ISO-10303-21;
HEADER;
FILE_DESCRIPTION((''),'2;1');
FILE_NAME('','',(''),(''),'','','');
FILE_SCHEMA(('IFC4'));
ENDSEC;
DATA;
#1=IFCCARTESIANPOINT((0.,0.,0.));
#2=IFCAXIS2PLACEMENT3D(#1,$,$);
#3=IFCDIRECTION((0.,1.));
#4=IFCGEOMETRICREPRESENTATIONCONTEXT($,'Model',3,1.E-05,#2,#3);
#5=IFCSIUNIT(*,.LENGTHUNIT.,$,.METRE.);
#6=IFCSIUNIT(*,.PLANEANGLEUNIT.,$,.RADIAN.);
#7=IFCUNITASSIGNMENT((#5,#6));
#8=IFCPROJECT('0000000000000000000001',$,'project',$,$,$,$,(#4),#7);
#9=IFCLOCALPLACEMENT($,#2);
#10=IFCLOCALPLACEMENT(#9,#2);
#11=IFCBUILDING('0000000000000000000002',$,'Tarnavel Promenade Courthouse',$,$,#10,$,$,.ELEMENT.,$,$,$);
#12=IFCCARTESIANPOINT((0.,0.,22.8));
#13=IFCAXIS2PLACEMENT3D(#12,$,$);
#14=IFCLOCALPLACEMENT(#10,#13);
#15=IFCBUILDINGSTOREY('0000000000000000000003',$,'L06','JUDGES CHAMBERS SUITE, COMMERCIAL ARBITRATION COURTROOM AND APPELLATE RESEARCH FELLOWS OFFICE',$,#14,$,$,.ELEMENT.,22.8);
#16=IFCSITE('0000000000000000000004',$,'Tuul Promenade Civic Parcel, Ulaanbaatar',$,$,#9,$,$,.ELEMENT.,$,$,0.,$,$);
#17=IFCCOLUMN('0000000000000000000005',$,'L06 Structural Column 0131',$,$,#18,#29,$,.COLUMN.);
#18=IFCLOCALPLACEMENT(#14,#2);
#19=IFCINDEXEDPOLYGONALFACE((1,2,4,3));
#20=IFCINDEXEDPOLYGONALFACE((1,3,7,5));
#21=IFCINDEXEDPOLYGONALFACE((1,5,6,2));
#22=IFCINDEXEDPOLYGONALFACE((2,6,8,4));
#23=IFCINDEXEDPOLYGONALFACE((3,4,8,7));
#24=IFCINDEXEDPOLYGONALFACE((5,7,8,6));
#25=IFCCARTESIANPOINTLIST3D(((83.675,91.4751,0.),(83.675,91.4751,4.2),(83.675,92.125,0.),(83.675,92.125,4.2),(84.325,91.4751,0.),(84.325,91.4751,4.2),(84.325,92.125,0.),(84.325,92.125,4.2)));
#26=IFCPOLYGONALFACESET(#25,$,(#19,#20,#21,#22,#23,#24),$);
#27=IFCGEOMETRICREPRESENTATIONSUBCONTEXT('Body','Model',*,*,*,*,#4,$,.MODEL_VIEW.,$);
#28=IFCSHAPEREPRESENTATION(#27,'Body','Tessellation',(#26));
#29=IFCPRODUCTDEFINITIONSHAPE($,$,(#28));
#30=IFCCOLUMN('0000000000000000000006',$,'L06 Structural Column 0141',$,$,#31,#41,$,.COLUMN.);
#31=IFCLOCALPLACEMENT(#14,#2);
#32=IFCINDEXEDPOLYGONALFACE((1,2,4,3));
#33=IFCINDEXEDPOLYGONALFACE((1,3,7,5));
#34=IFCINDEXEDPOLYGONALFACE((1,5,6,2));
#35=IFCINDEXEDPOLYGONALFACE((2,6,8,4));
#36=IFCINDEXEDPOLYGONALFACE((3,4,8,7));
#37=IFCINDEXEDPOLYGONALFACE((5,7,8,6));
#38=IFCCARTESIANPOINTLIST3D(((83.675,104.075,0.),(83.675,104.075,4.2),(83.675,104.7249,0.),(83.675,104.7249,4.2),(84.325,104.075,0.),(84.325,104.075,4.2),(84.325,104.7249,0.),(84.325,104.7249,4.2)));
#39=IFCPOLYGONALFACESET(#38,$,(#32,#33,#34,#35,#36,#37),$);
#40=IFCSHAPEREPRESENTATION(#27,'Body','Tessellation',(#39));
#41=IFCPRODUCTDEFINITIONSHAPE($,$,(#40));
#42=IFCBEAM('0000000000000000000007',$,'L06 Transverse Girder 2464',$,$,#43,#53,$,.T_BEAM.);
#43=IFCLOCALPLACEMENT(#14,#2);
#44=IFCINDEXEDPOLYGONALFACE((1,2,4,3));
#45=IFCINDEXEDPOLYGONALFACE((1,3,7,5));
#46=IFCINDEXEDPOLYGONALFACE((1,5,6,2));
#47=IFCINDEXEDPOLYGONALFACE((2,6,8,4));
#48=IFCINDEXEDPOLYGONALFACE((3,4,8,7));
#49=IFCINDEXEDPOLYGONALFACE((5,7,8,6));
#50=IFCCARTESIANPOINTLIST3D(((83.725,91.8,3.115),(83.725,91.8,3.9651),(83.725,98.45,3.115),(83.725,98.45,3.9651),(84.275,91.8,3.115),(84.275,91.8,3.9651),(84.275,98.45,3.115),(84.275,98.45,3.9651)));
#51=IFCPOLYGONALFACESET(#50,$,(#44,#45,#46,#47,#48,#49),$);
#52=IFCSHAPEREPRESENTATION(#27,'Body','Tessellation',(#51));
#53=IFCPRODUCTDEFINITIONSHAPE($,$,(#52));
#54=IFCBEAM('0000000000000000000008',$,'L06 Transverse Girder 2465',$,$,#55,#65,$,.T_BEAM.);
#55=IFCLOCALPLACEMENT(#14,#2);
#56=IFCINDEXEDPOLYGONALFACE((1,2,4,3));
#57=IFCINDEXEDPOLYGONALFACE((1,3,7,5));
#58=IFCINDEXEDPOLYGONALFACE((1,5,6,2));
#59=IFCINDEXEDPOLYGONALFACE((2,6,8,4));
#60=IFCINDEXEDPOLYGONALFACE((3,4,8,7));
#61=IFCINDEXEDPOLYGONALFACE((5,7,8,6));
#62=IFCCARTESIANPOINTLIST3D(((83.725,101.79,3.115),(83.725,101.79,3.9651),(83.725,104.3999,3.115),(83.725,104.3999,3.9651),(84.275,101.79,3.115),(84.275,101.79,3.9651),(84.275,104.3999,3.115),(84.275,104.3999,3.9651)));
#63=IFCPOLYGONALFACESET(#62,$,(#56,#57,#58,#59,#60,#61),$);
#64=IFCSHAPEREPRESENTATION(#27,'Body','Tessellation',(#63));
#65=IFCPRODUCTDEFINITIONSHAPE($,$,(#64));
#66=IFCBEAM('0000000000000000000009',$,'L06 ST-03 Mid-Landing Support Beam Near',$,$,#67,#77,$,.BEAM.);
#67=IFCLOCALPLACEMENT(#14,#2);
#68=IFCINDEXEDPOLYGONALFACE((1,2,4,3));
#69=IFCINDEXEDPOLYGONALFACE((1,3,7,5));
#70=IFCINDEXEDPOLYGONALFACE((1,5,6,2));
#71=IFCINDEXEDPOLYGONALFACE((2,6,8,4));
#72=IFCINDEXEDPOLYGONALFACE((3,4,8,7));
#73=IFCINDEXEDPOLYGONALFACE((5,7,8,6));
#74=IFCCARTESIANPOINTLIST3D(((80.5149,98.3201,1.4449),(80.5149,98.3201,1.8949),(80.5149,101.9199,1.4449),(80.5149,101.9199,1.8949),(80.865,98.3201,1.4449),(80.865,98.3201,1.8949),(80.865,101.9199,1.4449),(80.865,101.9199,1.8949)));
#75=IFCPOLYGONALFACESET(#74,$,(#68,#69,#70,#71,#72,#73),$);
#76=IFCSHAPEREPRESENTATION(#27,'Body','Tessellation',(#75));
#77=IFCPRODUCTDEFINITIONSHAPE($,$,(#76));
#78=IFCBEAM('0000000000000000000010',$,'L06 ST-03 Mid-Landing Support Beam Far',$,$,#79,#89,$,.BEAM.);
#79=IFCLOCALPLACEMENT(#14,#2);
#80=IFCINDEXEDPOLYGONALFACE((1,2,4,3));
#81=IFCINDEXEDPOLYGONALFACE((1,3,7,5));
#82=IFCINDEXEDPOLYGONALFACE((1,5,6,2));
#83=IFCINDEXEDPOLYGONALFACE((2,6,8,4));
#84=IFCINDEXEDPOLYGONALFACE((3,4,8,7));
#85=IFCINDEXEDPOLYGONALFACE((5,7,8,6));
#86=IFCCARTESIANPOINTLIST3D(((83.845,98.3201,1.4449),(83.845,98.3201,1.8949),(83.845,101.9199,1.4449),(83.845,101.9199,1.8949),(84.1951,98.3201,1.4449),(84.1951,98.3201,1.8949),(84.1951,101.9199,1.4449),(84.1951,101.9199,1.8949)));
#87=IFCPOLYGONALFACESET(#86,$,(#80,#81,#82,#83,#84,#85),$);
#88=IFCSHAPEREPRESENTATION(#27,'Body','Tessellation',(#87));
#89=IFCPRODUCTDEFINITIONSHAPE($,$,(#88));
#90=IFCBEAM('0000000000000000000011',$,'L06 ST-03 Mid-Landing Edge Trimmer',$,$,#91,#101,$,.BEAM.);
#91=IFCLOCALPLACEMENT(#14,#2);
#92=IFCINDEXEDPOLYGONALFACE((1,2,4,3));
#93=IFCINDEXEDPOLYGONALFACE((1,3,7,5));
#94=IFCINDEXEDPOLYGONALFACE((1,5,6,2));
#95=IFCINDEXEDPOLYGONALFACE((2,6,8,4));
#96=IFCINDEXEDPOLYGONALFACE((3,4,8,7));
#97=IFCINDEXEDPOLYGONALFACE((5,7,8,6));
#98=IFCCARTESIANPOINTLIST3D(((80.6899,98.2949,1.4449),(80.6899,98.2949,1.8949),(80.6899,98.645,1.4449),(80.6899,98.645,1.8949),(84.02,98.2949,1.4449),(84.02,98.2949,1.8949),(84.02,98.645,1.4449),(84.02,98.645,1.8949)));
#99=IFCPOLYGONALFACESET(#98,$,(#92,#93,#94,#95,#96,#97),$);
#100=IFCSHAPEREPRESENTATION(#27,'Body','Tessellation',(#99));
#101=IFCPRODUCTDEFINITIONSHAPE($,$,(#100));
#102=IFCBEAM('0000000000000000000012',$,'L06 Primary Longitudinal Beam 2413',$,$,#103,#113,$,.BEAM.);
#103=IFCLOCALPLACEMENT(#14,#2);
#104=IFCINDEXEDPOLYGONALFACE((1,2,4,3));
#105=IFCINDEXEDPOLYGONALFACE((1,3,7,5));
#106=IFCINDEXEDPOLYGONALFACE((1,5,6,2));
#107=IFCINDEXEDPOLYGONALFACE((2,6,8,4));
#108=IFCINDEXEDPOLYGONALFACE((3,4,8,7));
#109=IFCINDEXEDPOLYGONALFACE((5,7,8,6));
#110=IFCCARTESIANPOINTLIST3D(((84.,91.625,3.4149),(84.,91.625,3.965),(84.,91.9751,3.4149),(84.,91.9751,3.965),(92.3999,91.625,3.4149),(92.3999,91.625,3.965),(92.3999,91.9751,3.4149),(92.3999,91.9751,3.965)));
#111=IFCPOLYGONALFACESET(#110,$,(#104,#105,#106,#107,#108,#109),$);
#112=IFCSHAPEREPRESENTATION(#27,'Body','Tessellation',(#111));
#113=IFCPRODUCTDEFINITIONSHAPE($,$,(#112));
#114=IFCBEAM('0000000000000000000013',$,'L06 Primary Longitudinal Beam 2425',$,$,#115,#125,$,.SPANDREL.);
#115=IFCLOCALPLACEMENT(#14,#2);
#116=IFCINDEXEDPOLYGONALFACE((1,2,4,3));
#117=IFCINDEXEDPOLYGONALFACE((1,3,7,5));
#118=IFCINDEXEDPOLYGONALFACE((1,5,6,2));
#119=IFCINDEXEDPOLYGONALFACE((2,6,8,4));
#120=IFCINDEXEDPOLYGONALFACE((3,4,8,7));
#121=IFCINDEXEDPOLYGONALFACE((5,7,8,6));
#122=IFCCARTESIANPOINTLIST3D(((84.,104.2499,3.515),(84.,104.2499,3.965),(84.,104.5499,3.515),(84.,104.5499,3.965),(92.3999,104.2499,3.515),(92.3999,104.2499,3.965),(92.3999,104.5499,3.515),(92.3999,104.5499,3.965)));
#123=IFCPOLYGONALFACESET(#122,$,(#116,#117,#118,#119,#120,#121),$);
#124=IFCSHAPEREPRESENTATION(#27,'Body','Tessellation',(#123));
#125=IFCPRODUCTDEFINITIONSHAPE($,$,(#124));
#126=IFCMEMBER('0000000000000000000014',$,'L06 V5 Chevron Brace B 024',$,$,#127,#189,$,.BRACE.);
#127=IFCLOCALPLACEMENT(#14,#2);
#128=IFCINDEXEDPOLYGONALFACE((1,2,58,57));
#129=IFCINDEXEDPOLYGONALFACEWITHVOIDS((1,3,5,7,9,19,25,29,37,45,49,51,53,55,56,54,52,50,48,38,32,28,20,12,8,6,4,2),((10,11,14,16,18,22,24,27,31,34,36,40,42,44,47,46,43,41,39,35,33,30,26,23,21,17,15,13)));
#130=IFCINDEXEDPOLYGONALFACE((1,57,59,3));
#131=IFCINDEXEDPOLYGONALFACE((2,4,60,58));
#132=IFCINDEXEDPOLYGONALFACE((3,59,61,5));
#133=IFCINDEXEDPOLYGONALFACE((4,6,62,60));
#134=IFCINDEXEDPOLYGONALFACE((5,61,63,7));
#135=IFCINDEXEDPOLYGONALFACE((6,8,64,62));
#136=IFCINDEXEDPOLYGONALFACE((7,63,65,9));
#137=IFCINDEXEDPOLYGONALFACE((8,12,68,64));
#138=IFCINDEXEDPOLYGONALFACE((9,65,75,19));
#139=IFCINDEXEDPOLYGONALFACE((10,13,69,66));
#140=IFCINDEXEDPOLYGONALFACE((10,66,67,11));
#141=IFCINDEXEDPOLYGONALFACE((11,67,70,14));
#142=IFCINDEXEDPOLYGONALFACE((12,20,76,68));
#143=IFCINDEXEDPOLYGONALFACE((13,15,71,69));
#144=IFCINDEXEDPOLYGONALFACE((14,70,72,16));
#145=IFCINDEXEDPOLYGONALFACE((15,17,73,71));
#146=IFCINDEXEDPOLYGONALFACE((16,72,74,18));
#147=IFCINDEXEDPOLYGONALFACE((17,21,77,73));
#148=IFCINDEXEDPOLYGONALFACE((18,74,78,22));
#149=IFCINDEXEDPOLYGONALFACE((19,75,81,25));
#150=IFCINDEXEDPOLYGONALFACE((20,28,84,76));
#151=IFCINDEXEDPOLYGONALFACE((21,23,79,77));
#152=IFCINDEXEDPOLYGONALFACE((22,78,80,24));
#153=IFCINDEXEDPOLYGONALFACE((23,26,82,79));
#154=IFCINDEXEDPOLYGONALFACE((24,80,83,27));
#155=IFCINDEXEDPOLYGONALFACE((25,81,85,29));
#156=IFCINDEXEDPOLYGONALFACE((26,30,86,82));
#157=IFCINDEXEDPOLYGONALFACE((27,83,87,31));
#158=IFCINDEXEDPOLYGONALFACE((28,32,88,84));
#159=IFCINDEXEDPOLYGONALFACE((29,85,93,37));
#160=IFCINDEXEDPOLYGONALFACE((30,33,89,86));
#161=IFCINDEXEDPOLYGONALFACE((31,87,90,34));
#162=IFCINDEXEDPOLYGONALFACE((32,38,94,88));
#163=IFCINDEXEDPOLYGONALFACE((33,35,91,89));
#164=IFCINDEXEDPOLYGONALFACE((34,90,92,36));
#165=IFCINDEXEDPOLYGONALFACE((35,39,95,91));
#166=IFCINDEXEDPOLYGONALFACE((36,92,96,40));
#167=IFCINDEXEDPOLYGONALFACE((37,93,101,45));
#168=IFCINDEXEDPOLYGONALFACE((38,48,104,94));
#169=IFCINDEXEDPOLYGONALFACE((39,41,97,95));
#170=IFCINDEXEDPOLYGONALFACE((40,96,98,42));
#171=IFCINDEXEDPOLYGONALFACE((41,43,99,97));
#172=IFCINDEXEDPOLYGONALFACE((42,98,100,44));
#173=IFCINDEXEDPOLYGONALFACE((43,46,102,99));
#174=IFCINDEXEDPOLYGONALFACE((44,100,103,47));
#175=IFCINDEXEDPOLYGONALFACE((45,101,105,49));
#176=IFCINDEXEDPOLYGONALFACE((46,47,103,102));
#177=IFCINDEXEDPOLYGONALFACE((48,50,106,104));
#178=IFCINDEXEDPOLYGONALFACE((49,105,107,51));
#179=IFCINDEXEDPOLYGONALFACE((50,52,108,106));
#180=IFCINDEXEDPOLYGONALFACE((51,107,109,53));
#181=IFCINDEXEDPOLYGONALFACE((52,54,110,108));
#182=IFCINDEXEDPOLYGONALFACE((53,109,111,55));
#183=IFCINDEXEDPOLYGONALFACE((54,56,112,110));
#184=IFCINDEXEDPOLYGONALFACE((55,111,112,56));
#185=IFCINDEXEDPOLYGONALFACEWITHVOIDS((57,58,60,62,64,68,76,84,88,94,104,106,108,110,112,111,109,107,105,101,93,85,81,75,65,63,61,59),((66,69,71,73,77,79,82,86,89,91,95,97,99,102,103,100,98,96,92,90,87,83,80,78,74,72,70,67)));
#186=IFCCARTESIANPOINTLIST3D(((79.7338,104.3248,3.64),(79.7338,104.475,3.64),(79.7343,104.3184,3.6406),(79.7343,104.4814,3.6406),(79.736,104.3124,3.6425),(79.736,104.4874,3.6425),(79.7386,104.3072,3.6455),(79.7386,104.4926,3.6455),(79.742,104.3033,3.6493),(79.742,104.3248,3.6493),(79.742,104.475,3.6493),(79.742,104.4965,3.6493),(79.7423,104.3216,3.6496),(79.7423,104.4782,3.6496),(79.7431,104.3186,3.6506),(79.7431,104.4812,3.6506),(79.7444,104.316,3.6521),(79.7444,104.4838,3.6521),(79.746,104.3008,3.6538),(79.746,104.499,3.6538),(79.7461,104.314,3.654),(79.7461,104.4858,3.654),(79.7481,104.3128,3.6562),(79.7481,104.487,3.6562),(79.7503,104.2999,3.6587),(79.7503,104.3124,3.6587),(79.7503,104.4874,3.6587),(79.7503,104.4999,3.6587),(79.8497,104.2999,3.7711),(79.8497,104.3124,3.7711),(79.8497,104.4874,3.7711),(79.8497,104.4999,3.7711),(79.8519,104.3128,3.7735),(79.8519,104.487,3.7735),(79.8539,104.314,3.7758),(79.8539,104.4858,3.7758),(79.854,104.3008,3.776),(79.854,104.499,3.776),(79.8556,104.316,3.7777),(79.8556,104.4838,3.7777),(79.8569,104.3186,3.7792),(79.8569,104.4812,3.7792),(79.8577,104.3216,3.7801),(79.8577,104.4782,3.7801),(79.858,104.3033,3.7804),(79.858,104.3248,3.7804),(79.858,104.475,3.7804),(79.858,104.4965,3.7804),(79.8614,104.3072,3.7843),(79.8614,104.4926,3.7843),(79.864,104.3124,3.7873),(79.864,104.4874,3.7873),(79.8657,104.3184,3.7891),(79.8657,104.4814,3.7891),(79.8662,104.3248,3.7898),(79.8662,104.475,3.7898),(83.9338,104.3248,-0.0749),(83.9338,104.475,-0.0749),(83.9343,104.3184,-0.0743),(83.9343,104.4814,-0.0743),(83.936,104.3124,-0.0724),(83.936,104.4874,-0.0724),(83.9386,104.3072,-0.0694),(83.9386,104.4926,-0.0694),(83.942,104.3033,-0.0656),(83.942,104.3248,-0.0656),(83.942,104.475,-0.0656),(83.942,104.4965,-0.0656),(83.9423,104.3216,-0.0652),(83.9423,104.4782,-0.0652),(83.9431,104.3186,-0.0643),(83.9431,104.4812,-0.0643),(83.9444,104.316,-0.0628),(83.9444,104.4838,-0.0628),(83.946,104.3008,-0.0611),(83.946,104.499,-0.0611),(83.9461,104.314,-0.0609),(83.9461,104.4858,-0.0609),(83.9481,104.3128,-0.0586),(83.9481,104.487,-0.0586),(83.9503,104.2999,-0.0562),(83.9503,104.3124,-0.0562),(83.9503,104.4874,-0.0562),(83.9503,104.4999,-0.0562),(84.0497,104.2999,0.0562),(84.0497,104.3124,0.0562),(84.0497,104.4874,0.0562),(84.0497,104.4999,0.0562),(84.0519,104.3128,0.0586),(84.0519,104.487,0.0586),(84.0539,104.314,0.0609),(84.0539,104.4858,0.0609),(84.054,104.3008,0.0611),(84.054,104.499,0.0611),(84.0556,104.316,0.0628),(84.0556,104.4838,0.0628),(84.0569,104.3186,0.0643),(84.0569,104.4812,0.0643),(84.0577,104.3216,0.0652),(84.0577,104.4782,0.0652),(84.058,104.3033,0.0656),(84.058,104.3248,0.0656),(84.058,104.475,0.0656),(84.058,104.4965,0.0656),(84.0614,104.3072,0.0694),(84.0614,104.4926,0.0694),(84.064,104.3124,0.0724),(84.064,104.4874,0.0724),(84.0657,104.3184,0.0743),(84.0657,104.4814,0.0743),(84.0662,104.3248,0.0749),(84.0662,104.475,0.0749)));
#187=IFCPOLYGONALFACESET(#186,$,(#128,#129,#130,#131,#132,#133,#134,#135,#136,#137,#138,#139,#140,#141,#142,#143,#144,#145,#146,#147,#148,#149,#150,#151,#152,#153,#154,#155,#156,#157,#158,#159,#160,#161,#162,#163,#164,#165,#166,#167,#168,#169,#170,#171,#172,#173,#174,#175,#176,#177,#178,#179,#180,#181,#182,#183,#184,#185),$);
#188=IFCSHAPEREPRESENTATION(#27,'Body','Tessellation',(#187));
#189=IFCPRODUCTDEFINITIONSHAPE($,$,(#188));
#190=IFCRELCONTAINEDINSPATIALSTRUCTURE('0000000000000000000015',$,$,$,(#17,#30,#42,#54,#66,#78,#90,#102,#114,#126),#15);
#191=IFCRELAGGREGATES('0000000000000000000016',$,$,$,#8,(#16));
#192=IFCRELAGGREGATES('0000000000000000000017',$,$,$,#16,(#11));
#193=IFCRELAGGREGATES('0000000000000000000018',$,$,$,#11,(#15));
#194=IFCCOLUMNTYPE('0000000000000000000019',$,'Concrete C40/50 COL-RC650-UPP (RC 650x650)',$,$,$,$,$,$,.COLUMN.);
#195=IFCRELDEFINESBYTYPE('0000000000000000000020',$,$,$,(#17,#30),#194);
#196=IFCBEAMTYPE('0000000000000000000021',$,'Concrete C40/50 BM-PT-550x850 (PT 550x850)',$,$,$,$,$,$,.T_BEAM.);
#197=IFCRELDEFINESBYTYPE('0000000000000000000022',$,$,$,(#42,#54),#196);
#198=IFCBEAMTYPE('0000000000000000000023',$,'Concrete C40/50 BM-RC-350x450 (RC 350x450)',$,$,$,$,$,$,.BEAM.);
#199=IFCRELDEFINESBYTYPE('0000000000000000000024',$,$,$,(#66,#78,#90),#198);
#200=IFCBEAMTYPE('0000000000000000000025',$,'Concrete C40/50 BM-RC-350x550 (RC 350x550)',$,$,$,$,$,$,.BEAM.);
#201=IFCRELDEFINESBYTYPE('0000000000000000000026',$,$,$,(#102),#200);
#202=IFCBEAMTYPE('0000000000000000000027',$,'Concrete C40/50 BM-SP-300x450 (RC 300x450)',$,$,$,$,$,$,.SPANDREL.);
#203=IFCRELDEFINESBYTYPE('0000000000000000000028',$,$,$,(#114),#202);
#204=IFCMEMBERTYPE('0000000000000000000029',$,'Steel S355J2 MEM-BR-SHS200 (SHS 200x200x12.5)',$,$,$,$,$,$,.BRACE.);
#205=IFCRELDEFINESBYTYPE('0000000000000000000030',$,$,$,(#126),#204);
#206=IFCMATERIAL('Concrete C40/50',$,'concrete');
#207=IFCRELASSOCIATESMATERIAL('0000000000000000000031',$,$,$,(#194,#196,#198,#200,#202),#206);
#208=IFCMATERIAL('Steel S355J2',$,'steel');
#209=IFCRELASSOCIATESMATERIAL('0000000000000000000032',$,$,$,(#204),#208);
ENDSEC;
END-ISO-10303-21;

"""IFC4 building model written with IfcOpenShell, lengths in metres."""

from ifc_helpers import new_model, si_unit, direction, frame, origin, origin_2d, place, context, subcontext, project, spatial, rectangle, hollow_rectangle, extrude, material, material_profile, profile_set, type_object, element, save


model = new_model("IFC4")

# Units and contexts
model_context = context("Model", 3, precision=1e-05, world=origin(), true_north=direction((0.0, 1.0)))
body_context = subcontext(model_context, "Body", "Model", "MODEL_VIEW")
ifc_project = project(units=[si_unit("LENGTHUNIT", "METRE"), si_unit("PLANEANGLEUNIT", "RADIAN")], contexts=[model_context])

# Site, building, storey
site_placement = place(None, origin())
site = spatial("IfcSite", under=ifc_project, at=site_placement, Name="Tuul Promenade Civic Parcel, Ulaanbaatar", CompositionType="ELEMENT", RefElevation=0.0)
building_placement = place(site_placement, origin())
building = spatial("IfcBuilding", under=site, at=building_placement, Name="Tarnavel Promenade Courthouse", CompositionType="ELEMENT")
storey_placement = place(building_placement, frame((0.0, 0.0, 22.8)))
storey = spatial("IfcBuildingStorey", under=building, at=storey_placement, Name="L06", Description="JUDGES CHAMBERS SUITE, COMMERCIAL ARBITRATION COURTROOM AND APPELLATE RESEARCH FELLOWS OFFICE", CompositionType="ELEMENT", Elevation=22.8)

# Columns
ifc_material_1 = material(Name="Concrete C40/50", Category="concrete")
ifc_material_profile_1 = material_profile(ifc_material_1, rectangle(XDim=0.6499, YDim=0.6499, at=origin_2d()), Name="RC 650x650")
ifc_profile_set_1 = profile_set([ifc_material_profile_1], Name="Concrete C40/50")
column_type = type_object("IfcColumnType", Name="Concrete C40/50 COL-RC650-UPP (RC 650x650)", PredefinedType="COLUMN", material=ifc_profile_set_1)
for number, where, z_axis, x_axis, name in (
    (1, (84.0, 91.8, 0.0), (0.0, 0.0, 1.0), (1.0, 0.0, 0.0), "L06 Structural Column 0131"),
    (2, (84.0, 104.3999, 0.0), (0.0, 0.0, 1.0), (1.0, 0.0, 0.0), "L06 Structural Column 0141"),
):
    element("IfcColumn", number, at=place(storey_placement, frame(where, z_axis=z_axis, x_axis=x_axis)), inside=storey, type_object=column_type, Name=name, PredefinedType="COLUMN", context=body_context, shape_type="SweptSolid", body=[
        extrude(rectangle(XDim=0.6499, YDim=0.6499, at=origin_2d()), origin(), (0.0, 0.0, 1.0), 4.2),
    ])

# Beams
ifc_material_profile_2 = material_profile(ifc_material_1, rectangle(XDim=0.55, YDim=0.8501, at=origin_2d()), Name="PT 550x850")
ifc_profile_set_2 = profile_set([ifc_material_profile_2], Name="Concrete C40/50")
beam_type_1 = type_object("IfcBeamType", Name="Concrete C40/50 BM-PT-550x850 (PT 550x850)", PredefinedType="T_BEAM", material=ifc_profile_set_2)
beam_1_placement = place(storey_placement, frame((84.0, 91.8, 3.54), z_axis=(0.0, 1.0, 0.0), x_axis=(-1.0, 0.0, 0.0)))
element("IfcBeam", 3, at=beam_1_placement, inside=storey, type_object=beam_type_1, Name="L06 Transverse Girder 2464", PredefinedType="T_BEAM", context=body_context, shape_type="SweptSolid", body=[
    extrude(rectangle(XDim=0.55, YDim=0.8501, at=origin_2d()), origin(), (0.0, 0.0, 1.0), 6.6499),
])
beam_2_placement = place(storey_placement, frame((84.0, 101.79, 3.54), z_axis=(0.0, 1.0, 0.0), x_axis=(-1.0, 0.0, 0.0)))
element("IfcBeam", 4, at=beam_2_placement, inside=storey, type_object=beam_type_1, Name="L06 Transverse Girder 2465", PredefinedType="T_BEAM", context=body_context, shape_type="SweptSolid", body=[
    extrude(rectangle(XDim=0.55, YDim=0.8501, at=origin_2d()), origin(), (0.0, 0.0, 1.0), 2.6099),
])
ifc_material_profile_3 = material_profile(ifc_material_1, rectangle(XDim=0.3501, YDim=0.45, at=origin_2d()), Name="RC 350x450")
ifc_profile_set_3 = profile_set([ifc_material_profile_3], Name="Concrete C40/50")
beam_type_2 = type_object("IfcBeamType", Name="Concrete C40/50 BM-RC-350x450 (RC 350x450)", PredefinedType="BEAM", material=ifc_profile_set_3)
for number, where, z_axis, x_axis, name in (
    (5, (80.6899, 98.3201, 1.6699), (0.0, 1.0, 0.0), (-1.0, 0.0, 0.0), "L06 ST-03 Mid-Landing Support Beam Near"),
    (6, (84.02, 98.3201, 1.6699), (0.0, 1.0, 0.0), (-1.0, 0.0, 0.0), "L06 ST-03 Mid-Landing Support Beam Far"),
):
    element("IfcBeam", number, at=place(storey_placement, frame(where, z_axis=z_axis, x_axis=x_axis)), inside=storey, type_object=beam_type_2, Name=name, PredefinedType="BEAM", context=body_context, shape_type="SweptSolid", body=[
        extrude(rectangle(XDim=0.3501, YDim=0.45, at=origin_2d()), origin(), (0.0, 0.0, 1.0), 3.5999),
    ])
beam_3_placement = place(storey_placement, frame((80.6899, 98.47, 1.6699), z_axis=(1.0, 0.0, 0.0), x_axis=(0.0, 1.0, 0.0)))
element("IfcBeam", 7, at=beam_3_placement, inside=storey, type_object=beam_type_2, Name="L06 ST-03 Mid-Landing Edge Trimmer", PredefinedType="BEAM", context=body_context, shape_type="SweptSolid", body=[
    extrude(rectangle(XDim=0.3501, YDim=0.45, at=origin_2d()), origin(), (0.0, 0.0, 1.0), 3.3301),
])
ifc_material_profile_4 = material_profile(ifc_material_1, rectangle(XDim=0.3501, YDim=0.55, at=origin_2d()), Name="RC 350x550")
ifc_profile_set_4 = profile_set([ifc_material_profile_4], Name="Concrete C40/50")
beam_type_3 = type_object("IfcBeamType", Name="Concrete C40/50 BM-RC-350x550 (RC 350x550)", PredefinedType="BEAM", material=ifc_profile_set_4)
beam_4_placement = place(storey_placement, frame((84.0, 91.8, 3.6899), z_axis=(1.0, 0.0, 0.0), x_axis=(0.0, 1.0, 0.0)))
element("IfcBeam", 8, at=beam_4_placement, inside=storey, type_object=beam_type_3, Name="L06 Primary Longitudinal Beam 2413", PredefinedType="BEAM", context=body_context, shape_type="SweptSolid", body=[
    extrude(rectangle(XDim=0.3501, YDim=0.55, at=origin_2d()), origin(), (0.0, 0.0, 1.0), 8.3999),
])
ifc_material_profile_5 = material_profile(ifc_material_1, rectangle(XDim=0.3, YDim=0.45, at=origin_2d()), Name="RC 300x450")
ifc_profile_set_5 = profile_set([ifc_material_profile_5], Name="Concrete C40/50")
beam_type_4 = type_object("IfcBeamType", Name="Concrete C40/50 BM-SP-300x450 (RC 300x450)", PredefinedType="SPANDREL", material=ifc_profile_set_5)
beam_5_placement = place(storey_placement, frame((84.0, 104.3999, 3.74), z_axis=(1.0, 0.0, 0.0), x_axis=(0.0, 1.0, 0.0)))
element("IfcBeam", 9, at=beam_5_placement, inside=storey, type_object=beam_type_4, Name="L06 Primary Longitudinal Beam 2425", PredefinedType="SPANDREL", context=body_context, shape_type="SweptSolid", body=[
    extrude(rectangle(XDim=0.3, YDim=0.45, at=origin_2d()), origin(), (0.0, 0.0, 1.0), 8.3999),
])

# Member
ifc_material_2 = material(Name="Steel S355J2", Category="steel")
ifc_material_profile_6 = material_profile(ifc_material_2, hollow_rectangle(XDim=0.2, YDim=0.2, WallThickness=0.0125, InnerFilletRadius=0.0125, OuterFilletRadius=0.0249, at=origin_2d()), Name="SHS 200x200x12.5")
ifc_profile_set_6 = profile_set([ifc_material_profile_6], Name="Steel S355J2")
member_type = type_object("IfcMemberType", Name="Steel S355J2 MEM-BR-SHS200 (SHS 200x200x12.5)", PredefinedType="BRACE", material=ifc_profile_set_6)
member_placement = place(storey_placement, frame((84.0, 104.3999, 0.0), z_axis=(-0.749041, 0.0, 0.662524), x_axis=(0.0, -1.0, 0.0)))
element("IfcMember", 10, at=member_placement, inside=storey, type_object=member_type, Name="L06 V5 Chevron Brace B 024", PredefinedType="BRACE", context=body_context, shape_type="SweptSolid", body=[
    extrude(hollow_rectangle(XDim=0.2, YDim=0.2, WallThickness=0.0125, InnerFilletRadius=0.0125, OuterFilletRadius=0.0249, at=origin_2d()), origin(), (0.0, 0.0, 1.0), 5.6072),
])

save(model, "model.ifc")
